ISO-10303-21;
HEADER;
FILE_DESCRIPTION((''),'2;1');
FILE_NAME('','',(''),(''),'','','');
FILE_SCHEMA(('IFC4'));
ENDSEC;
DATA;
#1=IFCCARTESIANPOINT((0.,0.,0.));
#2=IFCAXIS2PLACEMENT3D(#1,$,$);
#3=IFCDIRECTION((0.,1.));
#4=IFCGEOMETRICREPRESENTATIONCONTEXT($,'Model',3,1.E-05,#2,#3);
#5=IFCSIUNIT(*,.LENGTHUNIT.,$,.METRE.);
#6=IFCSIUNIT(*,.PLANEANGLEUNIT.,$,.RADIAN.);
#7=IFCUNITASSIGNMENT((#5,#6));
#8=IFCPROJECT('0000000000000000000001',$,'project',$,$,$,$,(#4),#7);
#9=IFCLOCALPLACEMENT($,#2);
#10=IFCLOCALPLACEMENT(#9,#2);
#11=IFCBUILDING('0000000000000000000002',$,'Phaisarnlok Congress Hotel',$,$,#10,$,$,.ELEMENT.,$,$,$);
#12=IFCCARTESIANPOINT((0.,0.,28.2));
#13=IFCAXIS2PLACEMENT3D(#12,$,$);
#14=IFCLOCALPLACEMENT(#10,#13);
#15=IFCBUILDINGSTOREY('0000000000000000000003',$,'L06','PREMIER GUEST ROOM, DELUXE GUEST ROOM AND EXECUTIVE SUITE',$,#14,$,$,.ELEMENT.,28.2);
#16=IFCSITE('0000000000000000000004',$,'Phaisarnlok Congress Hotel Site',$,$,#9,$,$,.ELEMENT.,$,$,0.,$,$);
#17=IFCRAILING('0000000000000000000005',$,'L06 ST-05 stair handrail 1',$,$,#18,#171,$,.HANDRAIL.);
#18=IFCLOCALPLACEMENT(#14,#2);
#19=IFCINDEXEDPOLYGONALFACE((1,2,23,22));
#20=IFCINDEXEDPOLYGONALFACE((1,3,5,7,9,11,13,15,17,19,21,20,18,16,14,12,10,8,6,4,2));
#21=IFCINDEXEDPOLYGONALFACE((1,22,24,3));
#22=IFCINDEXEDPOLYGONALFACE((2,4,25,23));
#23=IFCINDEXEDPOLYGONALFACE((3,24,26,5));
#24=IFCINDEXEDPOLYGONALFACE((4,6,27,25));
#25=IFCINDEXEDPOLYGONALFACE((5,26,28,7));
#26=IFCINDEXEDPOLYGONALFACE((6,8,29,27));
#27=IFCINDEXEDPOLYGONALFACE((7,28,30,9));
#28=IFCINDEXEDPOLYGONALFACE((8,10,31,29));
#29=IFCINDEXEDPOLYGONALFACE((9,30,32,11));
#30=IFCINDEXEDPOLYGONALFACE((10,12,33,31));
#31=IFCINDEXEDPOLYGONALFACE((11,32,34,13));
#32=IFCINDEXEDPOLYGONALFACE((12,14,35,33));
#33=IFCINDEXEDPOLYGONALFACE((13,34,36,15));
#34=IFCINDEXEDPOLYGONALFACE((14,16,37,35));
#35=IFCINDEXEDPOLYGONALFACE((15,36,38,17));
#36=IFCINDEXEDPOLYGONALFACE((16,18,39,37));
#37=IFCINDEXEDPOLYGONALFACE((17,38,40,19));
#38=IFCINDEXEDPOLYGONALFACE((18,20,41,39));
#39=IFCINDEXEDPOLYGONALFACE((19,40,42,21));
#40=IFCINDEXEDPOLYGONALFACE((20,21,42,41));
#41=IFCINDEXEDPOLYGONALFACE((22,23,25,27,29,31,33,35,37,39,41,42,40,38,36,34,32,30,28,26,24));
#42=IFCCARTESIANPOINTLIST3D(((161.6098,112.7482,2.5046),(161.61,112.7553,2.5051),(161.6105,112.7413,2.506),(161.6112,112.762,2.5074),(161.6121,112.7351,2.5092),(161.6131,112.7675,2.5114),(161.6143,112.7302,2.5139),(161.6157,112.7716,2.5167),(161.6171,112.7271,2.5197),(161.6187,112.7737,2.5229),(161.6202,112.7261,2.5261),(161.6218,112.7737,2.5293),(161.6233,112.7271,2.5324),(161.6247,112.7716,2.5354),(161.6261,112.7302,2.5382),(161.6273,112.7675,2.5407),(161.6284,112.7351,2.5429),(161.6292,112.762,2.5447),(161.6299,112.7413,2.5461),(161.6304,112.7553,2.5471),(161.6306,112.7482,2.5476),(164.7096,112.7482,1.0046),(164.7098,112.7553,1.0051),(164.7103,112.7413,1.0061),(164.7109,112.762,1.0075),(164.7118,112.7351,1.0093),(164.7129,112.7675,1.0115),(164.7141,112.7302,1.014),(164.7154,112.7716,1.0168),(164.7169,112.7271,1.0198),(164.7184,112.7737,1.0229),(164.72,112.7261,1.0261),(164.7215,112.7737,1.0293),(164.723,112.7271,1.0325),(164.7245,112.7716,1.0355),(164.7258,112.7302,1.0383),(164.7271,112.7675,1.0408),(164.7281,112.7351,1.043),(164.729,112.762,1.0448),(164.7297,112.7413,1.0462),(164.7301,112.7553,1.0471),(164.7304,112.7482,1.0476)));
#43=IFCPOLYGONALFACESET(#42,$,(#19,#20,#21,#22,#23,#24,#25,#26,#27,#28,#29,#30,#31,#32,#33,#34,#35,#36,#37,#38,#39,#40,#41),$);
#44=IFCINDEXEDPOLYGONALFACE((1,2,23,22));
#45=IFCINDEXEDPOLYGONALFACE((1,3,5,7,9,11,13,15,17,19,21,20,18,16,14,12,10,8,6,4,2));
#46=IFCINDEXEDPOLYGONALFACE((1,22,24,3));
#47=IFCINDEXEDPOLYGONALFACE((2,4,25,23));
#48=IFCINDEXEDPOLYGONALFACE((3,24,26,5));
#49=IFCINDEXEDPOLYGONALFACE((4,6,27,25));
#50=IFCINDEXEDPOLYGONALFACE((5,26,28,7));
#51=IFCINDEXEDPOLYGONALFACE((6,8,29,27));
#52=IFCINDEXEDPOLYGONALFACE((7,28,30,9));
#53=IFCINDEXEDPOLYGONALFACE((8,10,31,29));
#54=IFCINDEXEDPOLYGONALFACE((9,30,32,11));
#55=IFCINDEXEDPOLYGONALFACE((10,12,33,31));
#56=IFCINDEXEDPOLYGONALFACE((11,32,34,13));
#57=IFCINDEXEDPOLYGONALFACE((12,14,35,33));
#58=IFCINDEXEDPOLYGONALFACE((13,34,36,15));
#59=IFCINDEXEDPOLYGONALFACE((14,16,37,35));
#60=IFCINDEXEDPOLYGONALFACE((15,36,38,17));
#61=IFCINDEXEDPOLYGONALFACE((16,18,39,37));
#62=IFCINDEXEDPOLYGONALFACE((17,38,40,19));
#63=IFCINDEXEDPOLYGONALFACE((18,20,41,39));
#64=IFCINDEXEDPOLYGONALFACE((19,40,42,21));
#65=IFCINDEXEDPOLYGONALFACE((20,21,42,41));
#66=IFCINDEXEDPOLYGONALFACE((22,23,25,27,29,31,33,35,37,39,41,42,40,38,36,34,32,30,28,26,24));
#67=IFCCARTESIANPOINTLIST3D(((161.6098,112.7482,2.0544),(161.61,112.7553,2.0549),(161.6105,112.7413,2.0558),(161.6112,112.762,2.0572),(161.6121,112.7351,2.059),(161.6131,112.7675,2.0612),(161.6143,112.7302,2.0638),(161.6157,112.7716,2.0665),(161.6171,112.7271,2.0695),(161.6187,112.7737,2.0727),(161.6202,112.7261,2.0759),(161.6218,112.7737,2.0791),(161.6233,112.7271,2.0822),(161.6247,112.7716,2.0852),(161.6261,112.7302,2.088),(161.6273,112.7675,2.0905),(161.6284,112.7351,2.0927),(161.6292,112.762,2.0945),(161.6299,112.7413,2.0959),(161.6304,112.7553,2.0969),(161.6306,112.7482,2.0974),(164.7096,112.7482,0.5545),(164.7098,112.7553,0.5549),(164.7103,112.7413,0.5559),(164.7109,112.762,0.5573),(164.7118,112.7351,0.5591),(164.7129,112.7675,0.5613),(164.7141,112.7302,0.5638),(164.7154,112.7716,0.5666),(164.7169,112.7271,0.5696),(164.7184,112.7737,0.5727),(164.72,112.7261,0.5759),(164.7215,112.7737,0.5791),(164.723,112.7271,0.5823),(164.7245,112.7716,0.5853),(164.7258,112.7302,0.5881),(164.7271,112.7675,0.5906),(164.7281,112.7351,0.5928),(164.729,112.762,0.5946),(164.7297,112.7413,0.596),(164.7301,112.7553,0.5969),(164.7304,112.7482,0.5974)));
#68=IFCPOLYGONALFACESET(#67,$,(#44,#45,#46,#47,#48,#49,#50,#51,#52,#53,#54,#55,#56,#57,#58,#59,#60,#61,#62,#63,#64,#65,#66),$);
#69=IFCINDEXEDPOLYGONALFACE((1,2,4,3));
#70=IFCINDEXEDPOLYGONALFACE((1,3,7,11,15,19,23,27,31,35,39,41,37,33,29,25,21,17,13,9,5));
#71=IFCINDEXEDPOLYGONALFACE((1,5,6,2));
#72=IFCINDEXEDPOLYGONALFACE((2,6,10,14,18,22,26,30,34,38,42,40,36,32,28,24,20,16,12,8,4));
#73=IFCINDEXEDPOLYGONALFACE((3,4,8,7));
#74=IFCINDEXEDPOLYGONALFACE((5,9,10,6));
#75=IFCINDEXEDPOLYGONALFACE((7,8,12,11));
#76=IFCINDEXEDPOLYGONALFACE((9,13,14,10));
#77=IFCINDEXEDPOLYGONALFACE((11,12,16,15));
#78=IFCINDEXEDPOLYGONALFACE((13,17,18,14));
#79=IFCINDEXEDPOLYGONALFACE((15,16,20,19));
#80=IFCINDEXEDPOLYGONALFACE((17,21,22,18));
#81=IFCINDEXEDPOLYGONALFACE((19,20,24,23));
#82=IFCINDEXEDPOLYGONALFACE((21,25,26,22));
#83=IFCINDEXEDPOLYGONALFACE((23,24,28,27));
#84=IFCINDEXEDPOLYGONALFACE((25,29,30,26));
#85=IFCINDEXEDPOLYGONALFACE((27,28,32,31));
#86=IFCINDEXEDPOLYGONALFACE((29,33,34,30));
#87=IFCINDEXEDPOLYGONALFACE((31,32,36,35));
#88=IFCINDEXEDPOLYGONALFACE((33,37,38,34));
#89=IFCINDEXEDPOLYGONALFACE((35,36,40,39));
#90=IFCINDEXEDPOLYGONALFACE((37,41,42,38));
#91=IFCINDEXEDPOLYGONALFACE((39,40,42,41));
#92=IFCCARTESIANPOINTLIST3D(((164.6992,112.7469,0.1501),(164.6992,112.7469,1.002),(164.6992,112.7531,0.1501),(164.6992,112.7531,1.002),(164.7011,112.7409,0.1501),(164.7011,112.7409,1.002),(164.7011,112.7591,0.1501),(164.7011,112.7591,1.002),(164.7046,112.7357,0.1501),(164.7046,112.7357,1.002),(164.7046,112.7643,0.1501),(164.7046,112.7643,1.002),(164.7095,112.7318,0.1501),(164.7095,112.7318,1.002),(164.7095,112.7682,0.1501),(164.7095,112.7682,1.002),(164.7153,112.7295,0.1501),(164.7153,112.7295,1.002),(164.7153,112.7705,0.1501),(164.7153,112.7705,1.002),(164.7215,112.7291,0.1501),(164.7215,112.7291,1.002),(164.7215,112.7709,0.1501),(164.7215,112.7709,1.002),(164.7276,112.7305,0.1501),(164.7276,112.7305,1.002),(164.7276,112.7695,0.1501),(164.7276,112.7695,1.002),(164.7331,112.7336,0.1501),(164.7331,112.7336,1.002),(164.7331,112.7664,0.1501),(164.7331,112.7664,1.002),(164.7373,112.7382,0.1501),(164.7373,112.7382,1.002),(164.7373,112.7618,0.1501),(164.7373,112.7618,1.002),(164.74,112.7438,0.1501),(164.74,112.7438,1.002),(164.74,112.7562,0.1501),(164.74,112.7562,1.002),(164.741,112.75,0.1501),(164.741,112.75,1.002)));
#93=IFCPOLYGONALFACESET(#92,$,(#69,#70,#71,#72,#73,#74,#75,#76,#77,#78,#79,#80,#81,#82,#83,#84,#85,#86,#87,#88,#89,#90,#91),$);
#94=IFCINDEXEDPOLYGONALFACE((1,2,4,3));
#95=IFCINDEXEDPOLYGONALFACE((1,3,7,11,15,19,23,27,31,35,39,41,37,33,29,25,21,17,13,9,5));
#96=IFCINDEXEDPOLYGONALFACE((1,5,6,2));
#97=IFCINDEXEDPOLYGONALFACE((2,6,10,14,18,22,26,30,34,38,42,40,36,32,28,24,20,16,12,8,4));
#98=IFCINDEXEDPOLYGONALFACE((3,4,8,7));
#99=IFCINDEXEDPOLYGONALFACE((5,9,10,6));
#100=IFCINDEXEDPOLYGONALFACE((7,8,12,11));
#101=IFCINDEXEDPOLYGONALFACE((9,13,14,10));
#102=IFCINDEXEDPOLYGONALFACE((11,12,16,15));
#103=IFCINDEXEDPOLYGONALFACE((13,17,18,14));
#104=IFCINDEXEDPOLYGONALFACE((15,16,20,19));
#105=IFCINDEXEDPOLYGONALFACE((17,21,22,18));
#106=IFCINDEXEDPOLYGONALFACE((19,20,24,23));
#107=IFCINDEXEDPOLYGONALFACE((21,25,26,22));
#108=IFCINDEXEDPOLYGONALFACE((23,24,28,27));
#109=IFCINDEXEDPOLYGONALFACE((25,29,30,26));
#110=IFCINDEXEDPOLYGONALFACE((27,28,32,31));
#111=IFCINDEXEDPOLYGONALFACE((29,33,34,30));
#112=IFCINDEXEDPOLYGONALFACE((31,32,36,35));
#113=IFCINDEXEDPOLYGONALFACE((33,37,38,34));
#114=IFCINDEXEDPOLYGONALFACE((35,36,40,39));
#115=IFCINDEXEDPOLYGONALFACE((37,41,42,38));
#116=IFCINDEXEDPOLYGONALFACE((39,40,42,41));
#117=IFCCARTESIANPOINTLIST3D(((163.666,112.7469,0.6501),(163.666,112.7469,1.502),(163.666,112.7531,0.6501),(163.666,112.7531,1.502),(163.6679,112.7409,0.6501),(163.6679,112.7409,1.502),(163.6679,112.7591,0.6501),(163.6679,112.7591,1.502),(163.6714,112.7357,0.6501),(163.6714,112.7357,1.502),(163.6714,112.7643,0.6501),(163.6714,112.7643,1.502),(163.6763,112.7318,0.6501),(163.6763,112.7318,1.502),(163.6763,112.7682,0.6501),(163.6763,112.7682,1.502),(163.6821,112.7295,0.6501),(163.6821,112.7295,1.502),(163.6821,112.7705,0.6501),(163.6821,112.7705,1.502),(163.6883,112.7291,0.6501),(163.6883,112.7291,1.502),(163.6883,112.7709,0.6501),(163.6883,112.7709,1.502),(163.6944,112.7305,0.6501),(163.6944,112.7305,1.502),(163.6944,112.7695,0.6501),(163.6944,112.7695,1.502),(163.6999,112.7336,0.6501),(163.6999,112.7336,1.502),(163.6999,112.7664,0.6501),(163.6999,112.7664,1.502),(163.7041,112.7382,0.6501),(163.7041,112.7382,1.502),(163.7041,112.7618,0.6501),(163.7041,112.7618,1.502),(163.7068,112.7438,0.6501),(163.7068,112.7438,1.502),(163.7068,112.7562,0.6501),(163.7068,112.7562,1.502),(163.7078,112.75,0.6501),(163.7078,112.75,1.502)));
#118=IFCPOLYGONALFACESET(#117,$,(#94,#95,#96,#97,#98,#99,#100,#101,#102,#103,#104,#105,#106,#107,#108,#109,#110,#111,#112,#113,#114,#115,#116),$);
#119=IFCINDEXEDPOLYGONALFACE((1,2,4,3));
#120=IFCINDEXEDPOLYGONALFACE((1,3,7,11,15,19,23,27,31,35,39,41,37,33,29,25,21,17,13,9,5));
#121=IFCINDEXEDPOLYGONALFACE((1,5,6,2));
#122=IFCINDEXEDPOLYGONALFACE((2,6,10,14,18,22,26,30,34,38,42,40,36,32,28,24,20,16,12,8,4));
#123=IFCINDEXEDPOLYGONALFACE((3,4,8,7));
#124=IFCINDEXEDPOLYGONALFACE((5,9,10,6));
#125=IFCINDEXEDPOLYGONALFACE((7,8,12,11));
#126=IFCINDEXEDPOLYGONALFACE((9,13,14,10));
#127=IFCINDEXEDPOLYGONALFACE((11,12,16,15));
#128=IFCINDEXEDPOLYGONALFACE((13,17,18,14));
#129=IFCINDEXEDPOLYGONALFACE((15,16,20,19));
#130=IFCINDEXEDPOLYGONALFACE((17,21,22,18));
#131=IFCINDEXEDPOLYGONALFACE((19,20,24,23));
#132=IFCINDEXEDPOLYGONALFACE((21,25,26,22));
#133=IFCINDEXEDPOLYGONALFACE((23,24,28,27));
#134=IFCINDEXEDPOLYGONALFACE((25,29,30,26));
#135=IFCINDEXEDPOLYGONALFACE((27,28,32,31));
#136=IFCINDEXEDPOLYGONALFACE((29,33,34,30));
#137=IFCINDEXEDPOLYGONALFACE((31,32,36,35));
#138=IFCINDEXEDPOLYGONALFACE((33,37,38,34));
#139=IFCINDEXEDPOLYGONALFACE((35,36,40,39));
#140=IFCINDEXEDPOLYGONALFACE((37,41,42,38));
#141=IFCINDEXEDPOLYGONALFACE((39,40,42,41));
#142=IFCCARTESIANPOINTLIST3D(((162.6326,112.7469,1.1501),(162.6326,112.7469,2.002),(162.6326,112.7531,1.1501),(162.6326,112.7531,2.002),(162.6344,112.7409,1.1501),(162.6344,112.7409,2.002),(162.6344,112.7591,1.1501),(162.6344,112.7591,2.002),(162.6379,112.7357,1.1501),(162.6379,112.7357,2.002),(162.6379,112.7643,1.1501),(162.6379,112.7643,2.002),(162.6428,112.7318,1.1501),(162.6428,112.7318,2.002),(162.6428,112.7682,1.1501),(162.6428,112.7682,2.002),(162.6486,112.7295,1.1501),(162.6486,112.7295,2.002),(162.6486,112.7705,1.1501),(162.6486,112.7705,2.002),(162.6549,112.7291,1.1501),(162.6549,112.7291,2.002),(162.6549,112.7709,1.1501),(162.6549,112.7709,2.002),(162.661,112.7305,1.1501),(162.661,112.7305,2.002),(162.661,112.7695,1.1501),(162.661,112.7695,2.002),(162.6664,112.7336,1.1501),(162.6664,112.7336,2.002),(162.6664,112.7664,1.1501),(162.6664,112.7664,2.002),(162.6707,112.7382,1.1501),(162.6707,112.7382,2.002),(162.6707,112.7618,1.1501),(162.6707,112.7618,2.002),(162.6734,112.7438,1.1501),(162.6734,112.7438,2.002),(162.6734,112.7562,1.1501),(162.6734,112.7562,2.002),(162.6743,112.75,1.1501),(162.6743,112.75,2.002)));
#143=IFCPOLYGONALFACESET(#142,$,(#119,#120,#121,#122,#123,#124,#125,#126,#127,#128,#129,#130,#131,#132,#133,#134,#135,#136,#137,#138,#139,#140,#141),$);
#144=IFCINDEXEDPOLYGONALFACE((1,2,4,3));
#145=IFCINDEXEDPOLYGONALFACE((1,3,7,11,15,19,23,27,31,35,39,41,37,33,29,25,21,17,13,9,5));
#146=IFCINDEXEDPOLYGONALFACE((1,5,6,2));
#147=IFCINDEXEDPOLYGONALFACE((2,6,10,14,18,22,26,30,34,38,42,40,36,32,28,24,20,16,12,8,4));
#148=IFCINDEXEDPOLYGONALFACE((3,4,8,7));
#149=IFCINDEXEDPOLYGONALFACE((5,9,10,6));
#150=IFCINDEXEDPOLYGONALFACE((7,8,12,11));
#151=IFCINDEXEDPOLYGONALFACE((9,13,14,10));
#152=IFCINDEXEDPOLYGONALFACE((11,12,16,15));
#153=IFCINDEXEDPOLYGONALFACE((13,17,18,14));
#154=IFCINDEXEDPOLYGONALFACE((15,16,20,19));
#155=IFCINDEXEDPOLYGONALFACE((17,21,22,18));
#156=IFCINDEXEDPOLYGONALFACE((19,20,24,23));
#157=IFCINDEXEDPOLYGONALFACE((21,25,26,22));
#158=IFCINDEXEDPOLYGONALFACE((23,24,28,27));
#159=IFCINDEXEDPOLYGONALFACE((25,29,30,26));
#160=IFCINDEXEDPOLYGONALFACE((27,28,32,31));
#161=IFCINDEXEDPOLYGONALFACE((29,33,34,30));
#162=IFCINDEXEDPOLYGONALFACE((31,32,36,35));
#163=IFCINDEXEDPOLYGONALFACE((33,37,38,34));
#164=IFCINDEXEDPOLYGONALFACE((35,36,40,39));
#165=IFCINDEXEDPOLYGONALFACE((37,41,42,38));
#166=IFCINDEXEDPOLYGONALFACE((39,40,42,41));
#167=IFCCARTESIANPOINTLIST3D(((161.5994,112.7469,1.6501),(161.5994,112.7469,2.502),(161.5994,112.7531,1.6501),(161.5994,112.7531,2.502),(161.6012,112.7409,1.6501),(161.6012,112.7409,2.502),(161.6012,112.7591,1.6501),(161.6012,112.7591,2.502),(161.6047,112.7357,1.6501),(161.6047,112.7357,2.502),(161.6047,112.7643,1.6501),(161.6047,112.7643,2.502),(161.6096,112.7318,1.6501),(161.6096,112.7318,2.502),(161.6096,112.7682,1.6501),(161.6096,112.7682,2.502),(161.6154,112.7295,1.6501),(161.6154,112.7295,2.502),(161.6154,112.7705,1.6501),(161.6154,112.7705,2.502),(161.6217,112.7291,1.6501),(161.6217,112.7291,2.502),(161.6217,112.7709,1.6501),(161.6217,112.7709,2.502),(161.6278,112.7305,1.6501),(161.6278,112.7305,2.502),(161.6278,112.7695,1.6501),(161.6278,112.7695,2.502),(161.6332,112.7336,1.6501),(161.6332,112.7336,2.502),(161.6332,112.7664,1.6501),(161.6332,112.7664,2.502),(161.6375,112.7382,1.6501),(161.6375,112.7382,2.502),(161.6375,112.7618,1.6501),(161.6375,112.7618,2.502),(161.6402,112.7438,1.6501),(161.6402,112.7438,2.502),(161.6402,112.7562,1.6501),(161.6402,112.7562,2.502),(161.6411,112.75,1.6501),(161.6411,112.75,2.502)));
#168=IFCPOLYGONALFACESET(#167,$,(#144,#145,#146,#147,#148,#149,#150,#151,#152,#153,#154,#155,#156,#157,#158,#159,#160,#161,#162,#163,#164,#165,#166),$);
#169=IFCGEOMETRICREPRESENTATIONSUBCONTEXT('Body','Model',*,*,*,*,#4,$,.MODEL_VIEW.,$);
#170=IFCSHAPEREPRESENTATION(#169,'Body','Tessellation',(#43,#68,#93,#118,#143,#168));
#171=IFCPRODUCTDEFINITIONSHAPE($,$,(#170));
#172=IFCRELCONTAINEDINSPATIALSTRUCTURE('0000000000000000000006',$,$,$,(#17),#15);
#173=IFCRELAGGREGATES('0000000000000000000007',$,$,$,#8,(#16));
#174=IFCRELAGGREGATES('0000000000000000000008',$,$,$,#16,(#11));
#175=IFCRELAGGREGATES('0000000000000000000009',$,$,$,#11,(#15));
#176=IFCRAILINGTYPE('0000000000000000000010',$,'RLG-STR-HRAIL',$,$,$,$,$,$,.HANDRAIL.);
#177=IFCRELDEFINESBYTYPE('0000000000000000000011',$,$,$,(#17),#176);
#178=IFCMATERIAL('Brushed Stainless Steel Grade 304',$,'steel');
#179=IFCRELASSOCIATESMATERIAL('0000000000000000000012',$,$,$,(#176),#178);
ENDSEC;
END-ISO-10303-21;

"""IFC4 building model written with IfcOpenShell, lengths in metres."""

from ifc_helpers import new_model, si_unit, direction, frame, origin, origin_2d, place, context, subcontext, project, spatial, circle, extrude, material, type_object, element, save


model = new_model("IFC4")

# Units and contexts
model_context = context("Model", 3, precision=1e-05, world=origin(), true_north=direction((0.0, 1.0)))
body_context = subcontext(model_context, "Body", "Model", "MODEL_VIEW")
ifc_project = project(units=[si_unit("LENGTHUNIT", "METRE"), si_unit("PLANEANGLEUNIT", "RADIAN")], contexts=[model_context])

# Site, building, storey
site_placement = place(None, origin())
site = spatial("IfcSite", under=ifc_project, at=site_placement, Name="Phaisarnlok Congress Hotel Site", CompositionType="ELEMENT", RefElevation=0.0)
building_placement = place(site_placement, origin())
building = spatial("IfcBuilding", under=site, at=building_placement, Name="Phaisarnlok Congress Hotel", CompositionType="ELEMENT")
storey_placement = place(building_placement, frame((0.0, 0.0, 28.2)))
storey = spatial("IfcBuildingStorey", under=building, at=storey_placement, Name="L06", Description="PREMIER GUEST ROOM, DELUXE GUEST ROOM AND EXECUTIVE SUITE", CompositionType="ELEMENT", Elevation=28.2)

# Railing
ifc_material_1 = material(Name="Brushed Stainless Steel Grade 304", Category="steel")
railing_type_1 = type_object("IfcRailingType", Name="RLG-STR-HRAIL", PredefinedType="HANDRAIL", material=ifc_material_1)
railing_1_placement = place(storey_placement, frame((164.72, 112.75, 0.1501)))
element("IfcRailing", 1, at=railing_1_placement, inside=storey, type_object=railing_type_1, Name="L06 ST-05 stair handrail 1", PredefinedType="HANDRAIL", context=body_context, shape_type="SweptSolid", body=[
    extrude(circle(Radius=0.0239, at=origin_2d()), frame((0.0, 0.0, 0.876), z_axis=(-0.900151, 0.0, 0.435578), x_axis=(0.0, -1.0, 0.0)), (0.0, 0.0, 1.0), 3.4436),
    extrude(circle(Radius=0.0239, at=origin_2d()), frame((0.0, 0.0, 0.4258), z_axis=(-0.900151, 0.0, 0.435578), x_axis=(0.0, -1.0, 0.0)), (0.0, 0.0, 1.0), 3.4436),
    extrude(circle(Radius=0.021, at=origin_2d()), origin(), (0.0, 0.0, 1.0), 0.8518),
    extrude(circle(Radius=0.021, at=origin_2d()), frame((-1.0332, 0.0, 0.5)), (0.0, 0.0, 1.0), 0.8518),
    extrude(circle(Radius=0.021, at=origin_2d()), frame((-2.0667, 0.0, 1.0)), (0.0, 0.0, 1.0), 0.8518),
    extrude(circle(Radius=0.021, at=origin_2d()), frame((-3.0999, 0.0, 1.5)), (0.0, 0.0, 1.0), 0.8518),
])

save(model, "model.ifc")
